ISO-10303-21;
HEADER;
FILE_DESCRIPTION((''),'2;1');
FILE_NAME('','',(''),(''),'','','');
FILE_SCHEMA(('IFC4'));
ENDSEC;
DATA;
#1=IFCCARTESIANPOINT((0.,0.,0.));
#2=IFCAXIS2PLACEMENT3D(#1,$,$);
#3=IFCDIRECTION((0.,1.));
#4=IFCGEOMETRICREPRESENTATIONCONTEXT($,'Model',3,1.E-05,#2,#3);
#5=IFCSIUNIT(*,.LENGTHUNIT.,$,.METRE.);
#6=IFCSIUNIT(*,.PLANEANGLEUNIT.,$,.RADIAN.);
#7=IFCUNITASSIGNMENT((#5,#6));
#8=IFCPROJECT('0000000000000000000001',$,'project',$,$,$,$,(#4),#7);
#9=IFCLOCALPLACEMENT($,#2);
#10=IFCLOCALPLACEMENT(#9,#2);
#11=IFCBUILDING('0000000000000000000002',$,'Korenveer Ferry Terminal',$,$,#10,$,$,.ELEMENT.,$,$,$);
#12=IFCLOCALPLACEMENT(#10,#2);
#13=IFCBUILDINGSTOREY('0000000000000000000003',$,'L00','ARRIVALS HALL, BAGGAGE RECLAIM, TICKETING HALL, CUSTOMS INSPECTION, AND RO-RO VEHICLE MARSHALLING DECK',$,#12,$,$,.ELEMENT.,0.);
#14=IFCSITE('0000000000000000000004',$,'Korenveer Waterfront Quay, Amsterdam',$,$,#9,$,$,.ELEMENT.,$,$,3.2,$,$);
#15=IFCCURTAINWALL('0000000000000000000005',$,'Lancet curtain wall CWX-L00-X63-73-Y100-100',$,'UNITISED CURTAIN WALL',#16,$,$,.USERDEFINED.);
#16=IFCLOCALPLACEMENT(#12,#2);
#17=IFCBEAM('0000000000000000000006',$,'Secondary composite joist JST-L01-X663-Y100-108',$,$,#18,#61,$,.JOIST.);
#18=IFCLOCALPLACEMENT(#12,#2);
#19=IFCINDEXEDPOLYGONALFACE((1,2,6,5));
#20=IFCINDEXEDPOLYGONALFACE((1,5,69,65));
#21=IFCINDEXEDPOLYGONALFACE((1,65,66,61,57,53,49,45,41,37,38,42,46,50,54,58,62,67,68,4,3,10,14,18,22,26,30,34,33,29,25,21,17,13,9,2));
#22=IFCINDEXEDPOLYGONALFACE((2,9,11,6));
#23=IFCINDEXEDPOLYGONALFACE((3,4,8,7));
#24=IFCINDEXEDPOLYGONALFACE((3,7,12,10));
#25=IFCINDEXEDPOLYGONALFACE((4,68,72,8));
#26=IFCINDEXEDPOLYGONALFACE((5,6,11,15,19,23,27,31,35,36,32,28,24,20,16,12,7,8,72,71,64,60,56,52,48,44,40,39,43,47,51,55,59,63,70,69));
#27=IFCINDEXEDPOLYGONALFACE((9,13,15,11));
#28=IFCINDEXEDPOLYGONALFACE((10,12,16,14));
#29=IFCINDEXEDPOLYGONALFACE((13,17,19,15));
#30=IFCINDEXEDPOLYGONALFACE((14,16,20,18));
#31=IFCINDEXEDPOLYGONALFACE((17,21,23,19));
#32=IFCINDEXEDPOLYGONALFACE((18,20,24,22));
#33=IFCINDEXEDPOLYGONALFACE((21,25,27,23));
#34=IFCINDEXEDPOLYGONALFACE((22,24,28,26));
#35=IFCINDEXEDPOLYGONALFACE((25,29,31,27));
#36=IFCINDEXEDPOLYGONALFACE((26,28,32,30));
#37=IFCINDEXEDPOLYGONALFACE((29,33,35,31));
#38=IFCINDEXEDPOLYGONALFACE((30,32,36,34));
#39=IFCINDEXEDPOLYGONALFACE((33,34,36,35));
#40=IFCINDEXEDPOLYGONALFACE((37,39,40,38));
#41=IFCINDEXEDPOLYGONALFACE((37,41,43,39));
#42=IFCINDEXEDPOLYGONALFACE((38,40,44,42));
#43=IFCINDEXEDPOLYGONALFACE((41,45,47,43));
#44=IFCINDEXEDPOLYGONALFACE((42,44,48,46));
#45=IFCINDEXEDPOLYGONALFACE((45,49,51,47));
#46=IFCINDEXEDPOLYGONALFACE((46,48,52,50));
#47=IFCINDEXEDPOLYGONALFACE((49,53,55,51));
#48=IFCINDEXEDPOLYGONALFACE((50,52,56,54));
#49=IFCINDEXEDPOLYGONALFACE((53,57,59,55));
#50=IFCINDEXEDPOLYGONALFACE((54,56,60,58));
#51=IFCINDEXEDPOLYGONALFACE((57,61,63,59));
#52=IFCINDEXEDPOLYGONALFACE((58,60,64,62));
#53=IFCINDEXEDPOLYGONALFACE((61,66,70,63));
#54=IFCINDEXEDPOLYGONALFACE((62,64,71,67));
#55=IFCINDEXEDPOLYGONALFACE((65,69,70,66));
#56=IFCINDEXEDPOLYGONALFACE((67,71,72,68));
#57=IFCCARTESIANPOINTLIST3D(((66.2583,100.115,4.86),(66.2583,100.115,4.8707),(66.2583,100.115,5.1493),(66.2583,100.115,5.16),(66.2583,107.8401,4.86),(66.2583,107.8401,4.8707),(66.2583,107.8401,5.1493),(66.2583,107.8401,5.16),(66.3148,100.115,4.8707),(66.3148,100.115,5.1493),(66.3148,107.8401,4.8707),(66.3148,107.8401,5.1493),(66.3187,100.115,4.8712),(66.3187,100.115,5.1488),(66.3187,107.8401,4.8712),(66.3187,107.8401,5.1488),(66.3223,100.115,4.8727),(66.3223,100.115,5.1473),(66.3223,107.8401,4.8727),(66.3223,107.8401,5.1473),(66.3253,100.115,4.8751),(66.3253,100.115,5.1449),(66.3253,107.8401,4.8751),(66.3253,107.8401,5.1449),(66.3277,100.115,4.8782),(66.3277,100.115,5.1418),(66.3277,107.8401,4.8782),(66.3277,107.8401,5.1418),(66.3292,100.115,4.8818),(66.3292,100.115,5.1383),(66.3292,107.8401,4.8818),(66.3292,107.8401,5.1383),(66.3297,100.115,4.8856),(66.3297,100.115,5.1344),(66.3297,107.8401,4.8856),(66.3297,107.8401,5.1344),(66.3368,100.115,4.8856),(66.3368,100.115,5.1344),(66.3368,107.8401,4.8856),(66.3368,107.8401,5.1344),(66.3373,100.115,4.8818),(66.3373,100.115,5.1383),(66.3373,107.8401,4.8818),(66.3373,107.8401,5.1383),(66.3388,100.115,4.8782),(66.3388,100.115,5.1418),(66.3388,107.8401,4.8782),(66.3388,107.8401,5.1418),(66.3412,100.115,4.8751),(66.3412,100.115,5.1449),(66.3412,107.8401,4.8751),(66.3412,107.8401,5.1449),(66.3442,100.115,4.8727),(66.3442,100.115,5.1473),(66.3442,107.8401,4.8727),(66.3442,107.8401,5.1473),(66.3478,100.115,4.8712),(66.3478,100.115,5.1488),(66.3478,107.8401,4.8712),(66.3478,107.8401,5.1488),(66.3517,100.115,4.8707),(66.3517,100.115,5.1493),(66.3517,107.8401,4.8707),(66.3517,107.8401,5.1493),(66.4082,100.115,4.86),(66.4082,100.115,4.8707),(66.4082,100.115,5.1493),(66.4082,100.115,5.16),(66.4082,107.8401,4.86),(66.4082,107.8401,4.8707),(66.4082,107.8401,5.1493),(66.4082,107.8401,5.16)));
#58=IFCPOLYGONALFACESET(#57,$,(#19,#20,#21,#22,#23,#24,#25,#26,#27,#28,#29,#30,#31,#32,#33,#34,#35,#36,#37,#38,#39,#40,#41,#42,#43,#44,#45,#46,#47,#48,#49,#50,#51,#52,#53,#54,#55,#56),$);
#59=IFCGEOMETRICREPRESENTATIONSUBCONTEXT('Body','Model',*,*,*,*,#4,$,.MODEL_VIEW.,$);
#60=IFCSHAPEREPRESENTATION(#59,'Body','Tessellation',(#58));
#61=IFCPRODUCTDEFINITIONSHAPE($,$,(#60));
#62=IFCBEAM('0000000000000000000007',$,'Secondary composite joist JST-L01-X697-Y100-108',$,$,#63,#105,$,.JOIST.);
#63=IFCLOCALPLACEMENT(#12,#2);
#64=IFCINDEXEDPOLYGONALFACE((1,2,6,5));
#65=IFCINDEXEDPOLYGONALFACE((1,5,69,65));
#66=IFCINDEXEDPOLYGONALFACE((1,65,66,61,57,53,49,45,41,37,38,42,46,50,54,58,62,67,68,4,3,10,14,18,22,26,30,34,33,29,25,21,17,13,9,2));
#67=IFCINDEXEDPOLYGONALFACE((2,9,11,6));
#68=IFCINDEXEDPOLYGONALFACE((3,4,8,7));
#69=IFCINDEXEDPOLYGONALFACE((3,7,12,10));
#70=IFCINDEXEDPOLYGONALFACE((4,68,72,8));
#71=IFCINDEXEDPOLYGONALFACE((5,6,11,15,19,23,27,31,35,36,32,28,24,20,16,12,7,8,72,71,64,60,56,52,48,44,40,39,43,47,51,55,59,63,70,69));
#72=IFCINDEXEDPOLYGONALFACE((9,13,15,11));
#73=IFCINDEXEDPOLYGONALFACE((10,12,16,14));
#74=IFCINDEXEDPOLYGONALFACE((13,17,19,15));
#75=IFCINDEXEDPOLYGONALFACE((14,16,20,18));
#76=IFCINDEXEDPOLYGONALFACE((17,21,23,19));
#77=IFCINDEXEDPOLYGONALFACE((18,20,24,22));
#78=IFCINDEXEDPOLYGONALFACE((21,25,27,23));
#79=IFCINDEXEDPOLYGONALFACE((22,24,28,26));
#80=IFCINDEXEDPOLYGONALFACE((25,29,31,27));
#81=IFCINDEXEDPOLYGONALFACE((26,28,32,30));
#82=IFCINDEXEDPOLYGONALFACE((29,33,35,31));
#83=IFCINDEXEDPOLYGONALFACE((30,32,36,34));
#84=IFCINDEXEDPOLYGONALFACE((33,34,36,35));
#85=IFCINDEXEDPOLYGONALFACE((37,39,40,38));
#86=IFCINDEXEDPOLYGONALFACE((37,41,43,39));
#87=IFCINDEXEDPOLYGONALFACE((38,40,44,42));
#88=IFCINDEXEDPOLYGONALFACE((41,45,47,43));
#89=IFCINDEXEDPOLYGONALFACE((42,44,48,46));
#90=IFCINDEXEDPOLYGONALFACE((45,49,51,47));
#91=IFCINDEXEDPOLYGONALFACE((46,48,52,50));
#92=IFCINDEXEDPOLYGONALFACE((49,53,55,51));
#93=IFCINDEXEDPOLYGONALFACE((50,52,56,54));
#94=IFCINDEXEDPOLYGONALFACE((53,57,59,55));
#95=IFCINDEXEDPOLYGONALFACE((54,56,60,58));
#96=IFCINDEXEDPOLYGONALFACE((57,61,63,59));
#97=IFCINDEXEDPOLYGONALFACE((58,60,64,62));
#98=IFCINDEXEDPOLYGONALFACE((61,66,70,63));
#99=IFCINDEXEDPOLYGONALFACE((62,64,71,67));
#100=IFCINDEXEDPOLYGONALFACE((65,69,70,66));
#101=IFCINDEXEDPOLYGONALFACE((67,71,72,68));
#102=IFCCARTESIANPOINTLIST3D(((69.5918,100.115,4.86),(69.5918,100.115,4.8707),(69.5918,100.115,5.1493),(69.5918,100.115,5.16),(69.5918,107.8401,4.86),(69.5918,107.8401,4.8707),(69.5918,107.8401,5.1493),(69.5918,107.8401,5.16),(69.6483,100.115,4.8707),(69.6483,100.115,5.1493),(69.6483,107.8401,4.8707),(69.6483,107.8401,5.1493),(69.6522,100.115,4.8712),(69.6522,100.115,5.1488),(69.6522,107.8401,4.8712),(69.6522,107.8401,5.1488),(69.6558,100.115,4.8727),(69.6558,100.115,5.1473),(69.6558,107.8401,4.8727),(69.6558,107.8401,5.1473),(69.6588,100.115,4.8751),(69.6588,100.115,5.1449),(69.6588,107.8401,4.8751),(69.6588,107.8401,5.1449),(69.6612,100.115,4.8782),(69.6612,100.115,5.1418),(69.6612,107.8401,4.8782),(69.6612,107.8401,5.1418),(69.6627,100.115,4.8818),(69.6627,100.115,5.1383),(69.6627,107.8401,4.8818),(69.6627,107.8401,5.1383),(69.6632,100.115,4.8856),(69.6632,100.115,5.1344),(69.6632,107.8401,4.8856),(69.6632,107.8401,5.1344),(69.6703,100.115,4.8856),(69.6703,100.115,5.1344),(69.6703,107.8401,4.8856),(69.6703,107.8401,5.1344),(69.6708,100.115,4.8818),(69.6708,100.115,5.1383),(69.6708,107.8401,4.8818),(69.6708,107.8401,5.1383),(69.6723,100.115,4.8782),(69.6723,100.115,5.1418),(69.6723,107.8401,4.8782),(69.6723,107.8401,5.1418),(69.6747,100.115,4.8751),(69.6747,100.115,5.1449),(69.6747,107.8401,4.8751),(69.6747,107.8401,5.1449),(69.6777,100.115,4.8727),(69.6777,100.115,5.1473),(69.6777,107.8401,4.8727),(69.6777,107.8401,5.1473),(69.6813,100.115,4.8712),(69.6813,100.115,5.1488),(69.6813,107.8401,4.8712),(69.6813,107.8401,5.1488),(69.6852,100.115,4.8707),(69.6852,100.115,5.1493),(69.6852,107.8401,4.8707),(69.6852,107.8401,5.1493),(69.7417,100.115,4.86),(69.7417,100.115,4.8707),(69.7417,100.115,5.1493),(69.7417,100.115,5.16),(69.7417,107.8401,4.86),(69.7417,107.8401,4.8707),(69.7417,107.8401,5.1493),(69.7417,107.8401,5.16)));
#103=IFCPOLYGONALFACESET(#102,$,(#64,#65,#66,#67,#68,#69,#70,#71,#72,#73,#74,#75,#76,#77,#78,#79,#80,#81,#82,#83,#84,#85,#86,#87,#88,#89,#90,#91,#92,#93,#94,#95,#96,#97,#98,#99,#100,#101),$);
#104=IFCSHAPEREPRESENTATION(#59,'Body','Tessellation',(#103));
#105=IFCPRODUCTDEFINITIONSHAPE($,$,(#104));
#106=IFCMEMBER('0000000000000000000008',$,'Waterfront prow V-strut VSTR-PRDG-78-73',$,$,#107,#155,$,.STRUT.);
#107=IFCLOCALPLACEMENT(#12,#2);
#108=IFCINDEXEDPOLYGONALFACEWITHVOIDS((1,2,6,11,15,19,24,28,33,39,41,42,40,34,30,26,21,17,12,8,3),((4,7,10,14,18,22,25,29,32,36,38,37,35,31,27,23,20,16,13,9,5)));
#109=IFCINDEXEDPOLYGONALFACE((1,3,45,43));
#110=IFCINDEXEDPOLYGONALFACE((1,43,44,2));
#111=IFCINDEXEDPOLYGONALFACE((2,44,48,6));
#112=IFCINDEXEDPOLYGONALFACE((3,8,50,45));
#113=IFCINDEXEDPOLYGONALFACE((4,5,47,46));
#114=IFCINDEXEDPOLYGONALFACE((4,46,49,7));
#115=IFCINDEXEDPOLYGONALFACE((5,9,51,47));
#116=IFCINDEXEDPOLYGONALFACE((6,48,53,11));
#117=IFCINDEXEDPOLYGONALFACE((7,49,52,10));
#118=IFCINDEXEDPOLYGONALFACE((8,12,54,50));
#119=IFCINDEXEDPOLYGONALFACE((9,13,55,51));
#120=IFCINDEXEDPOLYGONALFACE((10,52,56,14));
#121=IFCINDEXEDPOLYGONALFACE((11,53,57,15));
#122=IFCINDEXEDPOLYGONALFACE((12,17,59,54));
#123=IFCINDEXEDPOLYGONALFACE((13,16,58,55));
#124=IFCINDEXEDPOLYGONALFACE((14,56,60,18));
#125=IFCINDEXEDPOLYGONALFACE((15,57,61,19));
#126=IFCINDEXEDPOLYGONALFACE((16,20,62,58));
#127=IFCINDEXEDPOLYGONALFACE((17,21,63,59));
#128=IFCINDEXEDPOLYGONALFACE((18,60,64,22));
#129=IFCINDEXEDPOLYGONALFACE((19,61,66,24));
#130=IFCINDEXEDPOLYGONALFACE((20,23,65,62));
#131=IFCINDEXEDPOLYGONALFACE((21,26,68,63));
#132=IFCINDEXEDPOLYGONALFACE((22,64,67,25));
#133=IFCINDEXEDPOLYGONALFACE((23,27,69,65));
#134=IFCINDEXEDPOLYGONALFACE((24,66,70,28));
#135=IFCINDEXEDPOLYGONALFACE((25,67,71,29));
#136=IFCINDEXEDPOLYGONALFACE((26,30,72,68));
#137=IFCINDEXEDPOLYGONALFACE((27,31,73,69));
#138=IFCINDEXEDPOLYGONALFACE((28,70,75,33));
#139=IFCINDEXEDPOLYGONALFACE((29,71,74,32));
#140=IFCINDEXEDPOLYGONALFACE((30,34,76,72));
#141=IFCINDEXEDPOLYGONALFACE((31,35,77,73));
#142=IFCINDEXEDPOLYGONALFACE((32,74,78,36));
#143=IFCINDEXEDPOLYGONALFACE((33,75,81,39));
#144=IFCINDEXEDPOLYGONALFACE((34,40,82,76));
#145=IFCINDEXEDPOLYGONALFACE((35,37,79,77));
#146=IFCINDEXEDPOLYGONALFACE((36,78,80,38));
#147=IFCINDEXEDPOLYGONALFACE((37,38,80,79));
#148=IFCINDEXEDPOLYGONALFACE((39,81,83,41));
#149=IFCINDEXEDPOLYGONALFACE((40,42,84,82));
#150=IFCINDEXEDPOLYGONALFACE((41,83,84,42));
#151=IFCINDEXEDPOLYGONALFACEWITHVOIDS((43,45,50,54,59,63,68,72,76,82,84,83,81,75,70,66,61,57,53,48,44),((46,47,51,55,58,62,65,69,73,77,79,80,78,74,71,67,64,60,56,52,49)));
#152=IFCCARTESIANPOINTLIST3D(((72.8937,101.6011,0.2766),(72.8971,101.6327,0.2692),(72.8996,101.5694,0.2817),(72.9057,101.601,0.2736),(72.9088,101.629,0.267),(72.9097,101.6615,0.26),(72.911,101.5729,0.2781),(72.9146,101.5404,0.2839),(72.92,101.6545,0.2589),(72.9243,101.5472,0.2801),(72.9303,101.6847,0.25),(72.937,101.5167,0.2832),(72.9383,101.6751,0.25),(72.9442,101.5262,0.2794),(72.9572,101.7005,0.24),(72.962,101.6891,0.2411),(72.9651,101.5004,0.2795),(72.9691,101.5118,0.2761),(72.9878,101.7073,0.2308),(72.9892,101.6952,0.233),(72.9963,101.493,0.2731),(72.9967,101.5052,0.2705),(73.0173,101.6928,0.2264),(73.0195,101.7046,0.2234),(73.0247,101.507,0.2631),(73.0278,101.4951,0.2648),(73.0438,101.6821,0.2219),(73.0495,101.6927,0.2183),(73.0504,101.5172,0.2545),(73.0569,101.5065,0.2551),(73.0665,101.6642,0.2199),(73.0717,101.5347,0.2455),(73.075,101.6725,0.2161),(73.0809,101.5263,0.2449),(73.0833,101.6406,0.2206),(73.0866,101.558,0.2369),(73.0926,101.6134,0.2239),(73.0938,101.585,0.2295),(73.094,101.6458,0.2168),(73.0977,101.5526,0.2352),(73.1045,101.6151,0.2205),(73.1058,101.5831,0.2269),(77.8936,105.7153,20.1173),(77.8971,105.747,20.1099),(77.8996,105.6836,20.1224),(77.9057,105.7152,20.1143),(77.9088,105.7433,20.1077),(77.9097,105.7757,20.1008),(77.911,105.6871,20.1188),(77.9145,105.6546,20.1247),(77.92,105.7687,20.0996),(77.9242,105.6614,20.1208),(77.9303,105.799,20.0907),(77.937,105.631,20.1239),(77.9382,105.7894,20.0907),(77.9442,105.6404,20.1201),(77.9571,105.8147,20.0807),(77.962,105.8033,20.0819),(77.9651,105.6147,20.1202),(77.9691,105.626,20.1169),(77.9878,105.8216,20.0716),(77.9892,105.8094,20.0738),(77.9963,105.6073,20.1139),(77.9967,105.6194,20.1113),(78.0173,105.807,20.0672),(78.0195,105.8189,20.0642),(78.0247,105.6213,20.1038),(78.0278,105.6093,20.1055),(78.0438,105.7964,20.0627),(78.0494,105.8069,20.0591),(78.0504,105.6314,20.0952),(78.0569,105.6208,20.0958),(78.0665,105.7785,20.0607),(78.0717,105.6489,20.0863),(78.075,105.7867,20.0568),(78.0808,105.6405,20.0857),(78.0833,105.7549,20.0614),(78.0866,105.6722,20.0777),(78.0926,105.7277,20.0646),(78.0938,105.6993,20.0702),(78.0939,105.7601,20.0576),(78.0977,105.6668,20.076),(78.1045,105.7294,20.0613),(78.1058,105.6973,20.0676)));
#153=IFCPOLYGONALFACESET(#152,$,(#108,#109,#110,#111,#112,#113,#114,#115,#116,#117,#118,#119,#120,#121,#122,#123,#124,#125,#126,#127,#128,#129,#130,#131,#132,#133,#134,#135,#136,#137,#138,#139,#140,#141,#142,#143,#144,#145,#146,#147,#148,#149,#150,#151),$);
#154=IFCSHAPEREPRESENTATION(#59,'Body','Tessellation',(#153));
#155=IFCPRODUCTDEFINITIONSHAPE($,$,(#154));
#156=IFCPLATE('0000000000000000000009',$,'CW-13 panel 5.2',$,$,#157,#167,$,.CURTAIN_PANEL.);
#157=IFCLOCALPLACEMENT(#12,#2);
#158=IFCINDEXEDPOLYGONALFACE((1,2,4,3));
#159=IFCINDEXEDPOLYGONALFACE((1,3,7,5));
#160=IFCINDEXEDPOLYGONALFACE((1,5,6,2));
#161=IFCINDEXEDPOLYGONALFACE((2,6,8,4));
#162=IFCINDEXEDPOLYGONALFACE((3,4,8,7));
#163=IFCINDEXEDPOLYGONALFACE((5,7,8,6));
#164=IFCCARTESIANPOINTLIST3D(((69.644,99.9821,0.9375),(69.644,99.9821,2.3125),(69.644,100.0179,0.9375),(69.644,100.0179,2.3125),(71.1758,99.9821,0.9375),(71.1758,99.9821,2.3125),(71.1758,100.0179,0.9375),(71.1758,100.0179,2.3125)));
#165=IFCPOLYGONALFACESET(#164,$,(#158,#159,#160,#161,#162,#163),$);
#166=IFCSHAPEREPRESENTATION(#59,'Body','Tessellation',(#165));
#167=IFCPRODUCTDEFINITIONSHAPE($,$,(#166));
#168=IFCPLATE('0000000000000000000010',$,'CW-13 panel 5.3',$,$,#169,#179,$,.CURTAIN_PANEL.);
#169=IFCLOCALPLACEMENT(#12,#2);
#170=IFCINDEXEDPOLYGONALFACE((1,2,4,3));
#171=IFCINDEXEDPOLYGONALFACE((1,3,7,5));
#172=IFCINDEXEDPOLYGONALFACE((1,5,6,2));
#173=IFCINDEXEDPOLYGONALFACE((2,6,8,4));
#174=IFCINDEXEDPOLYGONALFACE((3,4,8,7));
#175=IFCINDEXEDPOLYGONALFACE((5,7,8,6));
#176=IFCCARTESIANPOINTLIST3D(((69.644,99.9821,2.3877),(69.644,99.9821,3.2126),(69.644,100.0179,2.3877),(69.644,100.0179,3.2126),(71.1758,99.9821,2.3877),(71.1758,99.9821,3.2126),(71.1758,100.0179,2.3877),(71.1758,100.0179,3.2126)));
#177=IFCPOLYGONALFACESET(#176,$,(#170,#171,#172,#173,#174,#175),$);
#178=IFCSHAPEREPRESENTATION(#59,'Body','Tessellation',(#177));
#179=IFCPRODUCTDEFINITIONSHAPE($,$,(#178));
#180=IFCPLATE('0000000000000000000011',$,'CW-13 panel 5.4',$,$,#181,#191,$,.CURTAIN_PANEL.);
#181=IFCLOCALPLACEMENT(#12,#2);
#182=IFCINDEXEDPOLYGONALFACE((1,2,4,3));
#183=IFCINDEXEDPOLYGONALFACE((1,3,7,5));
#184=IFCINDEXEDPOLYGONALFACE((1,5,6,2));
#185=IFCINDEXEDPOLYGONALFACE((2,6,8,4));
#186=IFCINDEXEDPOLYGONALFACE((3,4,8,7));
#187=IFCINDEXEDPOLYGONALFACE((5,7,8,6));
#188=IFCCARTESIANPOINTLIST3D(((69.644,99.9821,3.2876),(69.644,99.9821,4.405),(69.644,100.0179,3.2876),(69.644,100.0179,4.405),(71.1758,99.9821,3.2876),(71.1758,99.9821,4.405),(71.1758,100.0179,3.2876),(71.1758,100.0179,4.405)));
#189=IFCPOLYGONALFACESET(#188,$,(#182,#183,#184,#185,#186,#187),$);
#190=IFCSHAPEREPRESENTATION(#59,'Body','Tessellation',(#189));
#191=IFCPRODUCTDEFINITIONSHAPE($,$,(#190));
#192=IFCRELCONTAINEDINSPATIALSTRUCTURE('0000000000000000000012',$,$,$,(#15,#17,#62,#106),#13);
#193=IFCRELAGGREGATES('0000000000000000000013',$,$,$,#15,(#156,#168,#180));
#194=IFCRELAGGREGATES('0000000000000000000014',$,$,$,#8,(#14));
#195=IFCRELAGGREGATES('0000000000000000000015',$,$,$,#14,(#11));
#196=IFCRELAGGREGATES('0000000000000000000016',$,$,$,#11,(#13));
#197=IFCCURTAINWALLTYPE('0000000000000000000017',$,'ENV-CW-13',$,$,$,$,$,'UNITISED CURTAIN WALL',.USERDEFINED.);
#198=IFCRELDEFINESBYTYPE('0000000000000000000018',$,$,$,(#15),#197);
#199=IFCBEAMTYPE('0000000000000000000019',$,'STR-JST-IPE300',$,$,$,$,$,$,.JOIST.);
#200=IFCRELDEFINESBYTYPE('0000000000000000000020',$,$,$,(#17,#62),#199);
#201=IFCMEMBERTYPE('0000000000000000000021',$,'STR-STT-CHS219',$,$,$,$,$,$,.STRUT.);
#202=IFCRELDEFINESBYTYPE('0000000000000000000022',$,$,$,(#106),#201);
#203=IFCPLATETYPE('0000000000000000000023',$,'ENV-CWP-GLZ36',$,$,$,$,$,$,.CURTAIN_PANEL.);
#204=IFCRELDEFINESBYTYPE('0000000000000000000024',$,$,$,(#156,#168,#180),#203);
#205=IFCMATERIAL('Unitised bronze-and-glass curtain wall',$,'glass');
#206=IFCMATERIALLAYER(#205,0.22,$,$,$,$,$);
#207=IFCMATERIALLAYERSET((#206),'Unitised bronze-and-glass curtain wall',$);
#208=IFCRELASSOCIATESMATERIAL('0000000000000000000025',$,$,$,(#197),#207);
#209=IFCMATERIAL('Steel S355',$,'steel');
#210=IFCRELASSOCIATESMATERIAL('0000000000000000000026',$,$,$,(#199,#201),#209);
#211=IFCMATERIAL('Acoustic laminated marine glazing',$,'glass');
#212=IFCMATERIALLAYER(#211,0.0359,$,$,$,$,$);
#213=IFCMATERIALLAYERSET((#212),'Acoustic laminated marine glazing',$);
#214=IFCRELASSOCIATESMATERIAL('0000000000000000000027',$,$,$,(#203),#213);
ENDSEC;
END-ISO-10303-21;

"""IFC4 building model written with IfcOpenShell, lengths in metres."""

from ifc_helpers import new_model, si_unit, direction, frame, origin, origin_2d, place, context, subcontext, project, spatial, rectangle, hollow_circle, i_section, extrude, material, layer, layer_set, material_profile, profile_set, type_object, element, aggregate, save


model = new_model("IFC4")

# Units and contexts
model_context = context("Model", 3, precision=1e-05, world=origin(), true_north=direction((0.0, 1.0)))
body_context = subcontext(model_context, "Body", "Model", "MODEL_VIEW")
ifc_project = project(units=[si_unit("LENGTHUNIT", "METRE"), si_unit("PLANEANGLEUNIT", "RADIAN")], contexts=[model_context])

# Site, building, storey
site_placement = place(None, origin())
site = spatial("IfcSite", under=ifc_project, at=site_placement, Name="Korenveer Waterfront Quay, Amsterdam", CompositionType="ELEMENT", RefElevation=3.2)
building_placement = place(site_placement, origin())
building = spatial("IfcBuilding", under=site, at=building_placement, Name="Korenveer Ferry Terminal", CompositionType="ELEMENT")
storey_placement = place(building_placement, origin())
storey = spatial("IfcBuildingStorey", under=building, at=storey_placement, Name="L00", Description="ARRIVALS HALL, BAGGAGE RECLAIM, TICKETING HALL, CUSTOMS INSPECTION, AND RO-RO VEHICLE MARSHALLING DECK", CompositionType="ELEMENT", Elevation=0.0)

# Curtain wall
ifc_material_1 = material(Name="Unitised bronze-and-glass curtain wall", Category="glass")
ifc_layer_1 = layer(ifc_material_1, 0.22)
ifc_layer_set_1 = layer_set([ifc_layer_1], Name="Unitised bronze-and-glass curtain wall")
curtain_wall_type = type_object("IfcCurtainWallType", Name="ENV-CW-13", ElementType="UNITISED CURTAIN WALL", PredefinedType="USERDEFINED", material=ifc_layer_set_1)
curtain_wall_placement = place(storey_placement, frame((63.1799, 100.0, 0.0)))
curtain_wall = element("IfcCurtainWall", 1, at=curtain_wall_placement, inside=storey, type_object=curtain_wall_type, Name="Lancet curtain wall CWX-L00-X63-73-Y100-100", ObjectType="UNITISED CURTAIN WALL", PredefinedType="USERDEFINED")

# Beams
ifc_material_2 = material(Name="Steel S355", Category="steel")
ifc_material_profile_1 = material_profile(ifc_material_2, i_section(OverallWidth=0.1499, OverallDepth=0.3, WebThickness=0.0071, FlangeThickness=0.0107, FilletRadius=0.0149, at=origin_2d()), Name="IPE 300")
ifc_profile_set_1 = profile_set([ifc_material_profile_1], Name="Steel S355")
beam_type_1 = type_object("IfcBeamType", Name="STR-JST-IPE300", PredefinedType="JOIST", material=ifc_profile_set_1)
for number, where, z_axis, x_axis, name in (
    (2, (66.3333, 100.115, 5.01), (0.0, 1.0, 0.0), (-1.0, 0.0, 0.0), "Secondary composite joist JST-L01-X663-Y100-108"),
    (3, (69.6667, 100.115, 5.01), (0.0, 1.0, 0.0), (-1.0, 0.0, 0.0), "Secondary composite joist JST-L01-X697-Y100-108"),
):
    element("IfcBeam", number, at=place(storey_placement, frame(where, z_axis=z_axis, x_axis=x_axis)), inside=storey, type_object=beam_type_1, Name=name, PredefinedType="JOIST", context=body_context, shape_type="SweptSolid", body=[
        extrude(i_section(OverallWidth=0.1499, OverallDepth=0.3, WebThickness=0.0071, FlangeThickness=0.0107, FilletRadius=0.0149, at=origin_2d()), origin(), (0.0, 0.0, 1.0), 7.7251),
    ])

# Member
ifc_material_profile_2 = material_profile(ifc_material_2, hollow_circle(Radius=0.1096, WallThickness=0.0125, at=origin_2d()), Name="CHS 219.1x12.5")
ifc_profile_set_2 = profile_set([ifc_material_profile_2], Name="Steel S355")
member_type_1 = type_object("IfcMemberType", Name="STR-STT-CHS219", PredefinedType="STRUT", material=ifc_profile_set_2)
member_1_placement = place(storey_placement, frame((73.0, 101.6001, 0.25), z_axis=(0.239571, 0.197131, 0.950655), x_axis=(-0.635395, 0.772187, 0.0)))
element("IfcMember", 4, at=member_1_placement, inside=storey, type_object=member_type_1, Name="Waterfront prow V-strut VSTR-PRDG-78-73", PredefinedType="STRUT", context=body_context, shape_type="SweptSolid", body=[
    extrude(hollow_circle(Radius=0.1096, WallThickness=0.0125, at=origin_2d()), origin(), (0.0, 0.0, 1.0), 20.8706),
])

# Plates
ifc_material_3 = material(Name="Acoustic laminated marine glazing", Category="glass")
ifc_layer_2 = layer(ifc_material_3, 0.0359)
ifc_layer_set_2 = layer_set([ifc_layer_2], Name="Acoustic laminated marine glazing")
plate_type_1 = type_object("IfcPlateType", Name="ENV-CWP-GLZ36", PredefinedType="CURTAIN_PANEL", material=ifc_layer_set_2)
plate_1_placement = place(storey_placement, frame((70.4099, 100.0, 0.9375), z_axis=(0.0, 0.0, 1.0), x_axis=(1.0, 0.0, 0.0)))
plate_1 = element("IfcPlate", 5, at=plate_1_placement, type_object=plate_type_1, Name="CW-13 panel 5.2", PredefinedType="CURTAIN_PANEL", context=body_context, shape_type="SweptSolid", body=[
    extrude(rectangle(XDim=1.5317, YDim=0.0359, at=origin_2d()), origin(), (0.0, 0.0, 1.0), 1.375),
])
plate_2_placement = place(storey_placement, frame((70.4099, 100.0, 2.3877), z_axis=(0.0, 0.0, 1.0), x_axis=(1.0, 0.0, 0.0)))
plate_2 = element("IfcPlate", 6, at=plate_2_placement, type_object=plate_type_1, Name="CW-13 panel 5.3", PredefinedType="CURTAIN_PANEL", context=body_context, shape_type="SweptSolid", body=[
    extrude(rectangle(XDim=1.5317, YDim=0.0359, at=origin_2d()), origin(), (0.0, 0.0, 1.0), 0.825),
])
plate_3_placement = place(storey_placement, frame((70.4099, 100.0, 3.2876), z_axis=(0.0, 0.0, 1.0), x_axis=(1.0, 0.0, 0.0)))
plate_3 = element("IfcPlate", 7, at=plate_3_placement, type_object=plate_type_1, Name="CW-13 panel 5.4", PredefinedType="CURTAIN_PANEL", context=body_context, shape_type="SweptSolid", body=[
    extrude(rectangle(XDim=1.5317, YDim=0.0359, at=origin_2d()), origin(), (0.0, 0.0, 1.0), 1.1174),
])
aggregate(curtain_wall, [plate_1, plate_2, plate_3])

save(model, "model.ifc")
